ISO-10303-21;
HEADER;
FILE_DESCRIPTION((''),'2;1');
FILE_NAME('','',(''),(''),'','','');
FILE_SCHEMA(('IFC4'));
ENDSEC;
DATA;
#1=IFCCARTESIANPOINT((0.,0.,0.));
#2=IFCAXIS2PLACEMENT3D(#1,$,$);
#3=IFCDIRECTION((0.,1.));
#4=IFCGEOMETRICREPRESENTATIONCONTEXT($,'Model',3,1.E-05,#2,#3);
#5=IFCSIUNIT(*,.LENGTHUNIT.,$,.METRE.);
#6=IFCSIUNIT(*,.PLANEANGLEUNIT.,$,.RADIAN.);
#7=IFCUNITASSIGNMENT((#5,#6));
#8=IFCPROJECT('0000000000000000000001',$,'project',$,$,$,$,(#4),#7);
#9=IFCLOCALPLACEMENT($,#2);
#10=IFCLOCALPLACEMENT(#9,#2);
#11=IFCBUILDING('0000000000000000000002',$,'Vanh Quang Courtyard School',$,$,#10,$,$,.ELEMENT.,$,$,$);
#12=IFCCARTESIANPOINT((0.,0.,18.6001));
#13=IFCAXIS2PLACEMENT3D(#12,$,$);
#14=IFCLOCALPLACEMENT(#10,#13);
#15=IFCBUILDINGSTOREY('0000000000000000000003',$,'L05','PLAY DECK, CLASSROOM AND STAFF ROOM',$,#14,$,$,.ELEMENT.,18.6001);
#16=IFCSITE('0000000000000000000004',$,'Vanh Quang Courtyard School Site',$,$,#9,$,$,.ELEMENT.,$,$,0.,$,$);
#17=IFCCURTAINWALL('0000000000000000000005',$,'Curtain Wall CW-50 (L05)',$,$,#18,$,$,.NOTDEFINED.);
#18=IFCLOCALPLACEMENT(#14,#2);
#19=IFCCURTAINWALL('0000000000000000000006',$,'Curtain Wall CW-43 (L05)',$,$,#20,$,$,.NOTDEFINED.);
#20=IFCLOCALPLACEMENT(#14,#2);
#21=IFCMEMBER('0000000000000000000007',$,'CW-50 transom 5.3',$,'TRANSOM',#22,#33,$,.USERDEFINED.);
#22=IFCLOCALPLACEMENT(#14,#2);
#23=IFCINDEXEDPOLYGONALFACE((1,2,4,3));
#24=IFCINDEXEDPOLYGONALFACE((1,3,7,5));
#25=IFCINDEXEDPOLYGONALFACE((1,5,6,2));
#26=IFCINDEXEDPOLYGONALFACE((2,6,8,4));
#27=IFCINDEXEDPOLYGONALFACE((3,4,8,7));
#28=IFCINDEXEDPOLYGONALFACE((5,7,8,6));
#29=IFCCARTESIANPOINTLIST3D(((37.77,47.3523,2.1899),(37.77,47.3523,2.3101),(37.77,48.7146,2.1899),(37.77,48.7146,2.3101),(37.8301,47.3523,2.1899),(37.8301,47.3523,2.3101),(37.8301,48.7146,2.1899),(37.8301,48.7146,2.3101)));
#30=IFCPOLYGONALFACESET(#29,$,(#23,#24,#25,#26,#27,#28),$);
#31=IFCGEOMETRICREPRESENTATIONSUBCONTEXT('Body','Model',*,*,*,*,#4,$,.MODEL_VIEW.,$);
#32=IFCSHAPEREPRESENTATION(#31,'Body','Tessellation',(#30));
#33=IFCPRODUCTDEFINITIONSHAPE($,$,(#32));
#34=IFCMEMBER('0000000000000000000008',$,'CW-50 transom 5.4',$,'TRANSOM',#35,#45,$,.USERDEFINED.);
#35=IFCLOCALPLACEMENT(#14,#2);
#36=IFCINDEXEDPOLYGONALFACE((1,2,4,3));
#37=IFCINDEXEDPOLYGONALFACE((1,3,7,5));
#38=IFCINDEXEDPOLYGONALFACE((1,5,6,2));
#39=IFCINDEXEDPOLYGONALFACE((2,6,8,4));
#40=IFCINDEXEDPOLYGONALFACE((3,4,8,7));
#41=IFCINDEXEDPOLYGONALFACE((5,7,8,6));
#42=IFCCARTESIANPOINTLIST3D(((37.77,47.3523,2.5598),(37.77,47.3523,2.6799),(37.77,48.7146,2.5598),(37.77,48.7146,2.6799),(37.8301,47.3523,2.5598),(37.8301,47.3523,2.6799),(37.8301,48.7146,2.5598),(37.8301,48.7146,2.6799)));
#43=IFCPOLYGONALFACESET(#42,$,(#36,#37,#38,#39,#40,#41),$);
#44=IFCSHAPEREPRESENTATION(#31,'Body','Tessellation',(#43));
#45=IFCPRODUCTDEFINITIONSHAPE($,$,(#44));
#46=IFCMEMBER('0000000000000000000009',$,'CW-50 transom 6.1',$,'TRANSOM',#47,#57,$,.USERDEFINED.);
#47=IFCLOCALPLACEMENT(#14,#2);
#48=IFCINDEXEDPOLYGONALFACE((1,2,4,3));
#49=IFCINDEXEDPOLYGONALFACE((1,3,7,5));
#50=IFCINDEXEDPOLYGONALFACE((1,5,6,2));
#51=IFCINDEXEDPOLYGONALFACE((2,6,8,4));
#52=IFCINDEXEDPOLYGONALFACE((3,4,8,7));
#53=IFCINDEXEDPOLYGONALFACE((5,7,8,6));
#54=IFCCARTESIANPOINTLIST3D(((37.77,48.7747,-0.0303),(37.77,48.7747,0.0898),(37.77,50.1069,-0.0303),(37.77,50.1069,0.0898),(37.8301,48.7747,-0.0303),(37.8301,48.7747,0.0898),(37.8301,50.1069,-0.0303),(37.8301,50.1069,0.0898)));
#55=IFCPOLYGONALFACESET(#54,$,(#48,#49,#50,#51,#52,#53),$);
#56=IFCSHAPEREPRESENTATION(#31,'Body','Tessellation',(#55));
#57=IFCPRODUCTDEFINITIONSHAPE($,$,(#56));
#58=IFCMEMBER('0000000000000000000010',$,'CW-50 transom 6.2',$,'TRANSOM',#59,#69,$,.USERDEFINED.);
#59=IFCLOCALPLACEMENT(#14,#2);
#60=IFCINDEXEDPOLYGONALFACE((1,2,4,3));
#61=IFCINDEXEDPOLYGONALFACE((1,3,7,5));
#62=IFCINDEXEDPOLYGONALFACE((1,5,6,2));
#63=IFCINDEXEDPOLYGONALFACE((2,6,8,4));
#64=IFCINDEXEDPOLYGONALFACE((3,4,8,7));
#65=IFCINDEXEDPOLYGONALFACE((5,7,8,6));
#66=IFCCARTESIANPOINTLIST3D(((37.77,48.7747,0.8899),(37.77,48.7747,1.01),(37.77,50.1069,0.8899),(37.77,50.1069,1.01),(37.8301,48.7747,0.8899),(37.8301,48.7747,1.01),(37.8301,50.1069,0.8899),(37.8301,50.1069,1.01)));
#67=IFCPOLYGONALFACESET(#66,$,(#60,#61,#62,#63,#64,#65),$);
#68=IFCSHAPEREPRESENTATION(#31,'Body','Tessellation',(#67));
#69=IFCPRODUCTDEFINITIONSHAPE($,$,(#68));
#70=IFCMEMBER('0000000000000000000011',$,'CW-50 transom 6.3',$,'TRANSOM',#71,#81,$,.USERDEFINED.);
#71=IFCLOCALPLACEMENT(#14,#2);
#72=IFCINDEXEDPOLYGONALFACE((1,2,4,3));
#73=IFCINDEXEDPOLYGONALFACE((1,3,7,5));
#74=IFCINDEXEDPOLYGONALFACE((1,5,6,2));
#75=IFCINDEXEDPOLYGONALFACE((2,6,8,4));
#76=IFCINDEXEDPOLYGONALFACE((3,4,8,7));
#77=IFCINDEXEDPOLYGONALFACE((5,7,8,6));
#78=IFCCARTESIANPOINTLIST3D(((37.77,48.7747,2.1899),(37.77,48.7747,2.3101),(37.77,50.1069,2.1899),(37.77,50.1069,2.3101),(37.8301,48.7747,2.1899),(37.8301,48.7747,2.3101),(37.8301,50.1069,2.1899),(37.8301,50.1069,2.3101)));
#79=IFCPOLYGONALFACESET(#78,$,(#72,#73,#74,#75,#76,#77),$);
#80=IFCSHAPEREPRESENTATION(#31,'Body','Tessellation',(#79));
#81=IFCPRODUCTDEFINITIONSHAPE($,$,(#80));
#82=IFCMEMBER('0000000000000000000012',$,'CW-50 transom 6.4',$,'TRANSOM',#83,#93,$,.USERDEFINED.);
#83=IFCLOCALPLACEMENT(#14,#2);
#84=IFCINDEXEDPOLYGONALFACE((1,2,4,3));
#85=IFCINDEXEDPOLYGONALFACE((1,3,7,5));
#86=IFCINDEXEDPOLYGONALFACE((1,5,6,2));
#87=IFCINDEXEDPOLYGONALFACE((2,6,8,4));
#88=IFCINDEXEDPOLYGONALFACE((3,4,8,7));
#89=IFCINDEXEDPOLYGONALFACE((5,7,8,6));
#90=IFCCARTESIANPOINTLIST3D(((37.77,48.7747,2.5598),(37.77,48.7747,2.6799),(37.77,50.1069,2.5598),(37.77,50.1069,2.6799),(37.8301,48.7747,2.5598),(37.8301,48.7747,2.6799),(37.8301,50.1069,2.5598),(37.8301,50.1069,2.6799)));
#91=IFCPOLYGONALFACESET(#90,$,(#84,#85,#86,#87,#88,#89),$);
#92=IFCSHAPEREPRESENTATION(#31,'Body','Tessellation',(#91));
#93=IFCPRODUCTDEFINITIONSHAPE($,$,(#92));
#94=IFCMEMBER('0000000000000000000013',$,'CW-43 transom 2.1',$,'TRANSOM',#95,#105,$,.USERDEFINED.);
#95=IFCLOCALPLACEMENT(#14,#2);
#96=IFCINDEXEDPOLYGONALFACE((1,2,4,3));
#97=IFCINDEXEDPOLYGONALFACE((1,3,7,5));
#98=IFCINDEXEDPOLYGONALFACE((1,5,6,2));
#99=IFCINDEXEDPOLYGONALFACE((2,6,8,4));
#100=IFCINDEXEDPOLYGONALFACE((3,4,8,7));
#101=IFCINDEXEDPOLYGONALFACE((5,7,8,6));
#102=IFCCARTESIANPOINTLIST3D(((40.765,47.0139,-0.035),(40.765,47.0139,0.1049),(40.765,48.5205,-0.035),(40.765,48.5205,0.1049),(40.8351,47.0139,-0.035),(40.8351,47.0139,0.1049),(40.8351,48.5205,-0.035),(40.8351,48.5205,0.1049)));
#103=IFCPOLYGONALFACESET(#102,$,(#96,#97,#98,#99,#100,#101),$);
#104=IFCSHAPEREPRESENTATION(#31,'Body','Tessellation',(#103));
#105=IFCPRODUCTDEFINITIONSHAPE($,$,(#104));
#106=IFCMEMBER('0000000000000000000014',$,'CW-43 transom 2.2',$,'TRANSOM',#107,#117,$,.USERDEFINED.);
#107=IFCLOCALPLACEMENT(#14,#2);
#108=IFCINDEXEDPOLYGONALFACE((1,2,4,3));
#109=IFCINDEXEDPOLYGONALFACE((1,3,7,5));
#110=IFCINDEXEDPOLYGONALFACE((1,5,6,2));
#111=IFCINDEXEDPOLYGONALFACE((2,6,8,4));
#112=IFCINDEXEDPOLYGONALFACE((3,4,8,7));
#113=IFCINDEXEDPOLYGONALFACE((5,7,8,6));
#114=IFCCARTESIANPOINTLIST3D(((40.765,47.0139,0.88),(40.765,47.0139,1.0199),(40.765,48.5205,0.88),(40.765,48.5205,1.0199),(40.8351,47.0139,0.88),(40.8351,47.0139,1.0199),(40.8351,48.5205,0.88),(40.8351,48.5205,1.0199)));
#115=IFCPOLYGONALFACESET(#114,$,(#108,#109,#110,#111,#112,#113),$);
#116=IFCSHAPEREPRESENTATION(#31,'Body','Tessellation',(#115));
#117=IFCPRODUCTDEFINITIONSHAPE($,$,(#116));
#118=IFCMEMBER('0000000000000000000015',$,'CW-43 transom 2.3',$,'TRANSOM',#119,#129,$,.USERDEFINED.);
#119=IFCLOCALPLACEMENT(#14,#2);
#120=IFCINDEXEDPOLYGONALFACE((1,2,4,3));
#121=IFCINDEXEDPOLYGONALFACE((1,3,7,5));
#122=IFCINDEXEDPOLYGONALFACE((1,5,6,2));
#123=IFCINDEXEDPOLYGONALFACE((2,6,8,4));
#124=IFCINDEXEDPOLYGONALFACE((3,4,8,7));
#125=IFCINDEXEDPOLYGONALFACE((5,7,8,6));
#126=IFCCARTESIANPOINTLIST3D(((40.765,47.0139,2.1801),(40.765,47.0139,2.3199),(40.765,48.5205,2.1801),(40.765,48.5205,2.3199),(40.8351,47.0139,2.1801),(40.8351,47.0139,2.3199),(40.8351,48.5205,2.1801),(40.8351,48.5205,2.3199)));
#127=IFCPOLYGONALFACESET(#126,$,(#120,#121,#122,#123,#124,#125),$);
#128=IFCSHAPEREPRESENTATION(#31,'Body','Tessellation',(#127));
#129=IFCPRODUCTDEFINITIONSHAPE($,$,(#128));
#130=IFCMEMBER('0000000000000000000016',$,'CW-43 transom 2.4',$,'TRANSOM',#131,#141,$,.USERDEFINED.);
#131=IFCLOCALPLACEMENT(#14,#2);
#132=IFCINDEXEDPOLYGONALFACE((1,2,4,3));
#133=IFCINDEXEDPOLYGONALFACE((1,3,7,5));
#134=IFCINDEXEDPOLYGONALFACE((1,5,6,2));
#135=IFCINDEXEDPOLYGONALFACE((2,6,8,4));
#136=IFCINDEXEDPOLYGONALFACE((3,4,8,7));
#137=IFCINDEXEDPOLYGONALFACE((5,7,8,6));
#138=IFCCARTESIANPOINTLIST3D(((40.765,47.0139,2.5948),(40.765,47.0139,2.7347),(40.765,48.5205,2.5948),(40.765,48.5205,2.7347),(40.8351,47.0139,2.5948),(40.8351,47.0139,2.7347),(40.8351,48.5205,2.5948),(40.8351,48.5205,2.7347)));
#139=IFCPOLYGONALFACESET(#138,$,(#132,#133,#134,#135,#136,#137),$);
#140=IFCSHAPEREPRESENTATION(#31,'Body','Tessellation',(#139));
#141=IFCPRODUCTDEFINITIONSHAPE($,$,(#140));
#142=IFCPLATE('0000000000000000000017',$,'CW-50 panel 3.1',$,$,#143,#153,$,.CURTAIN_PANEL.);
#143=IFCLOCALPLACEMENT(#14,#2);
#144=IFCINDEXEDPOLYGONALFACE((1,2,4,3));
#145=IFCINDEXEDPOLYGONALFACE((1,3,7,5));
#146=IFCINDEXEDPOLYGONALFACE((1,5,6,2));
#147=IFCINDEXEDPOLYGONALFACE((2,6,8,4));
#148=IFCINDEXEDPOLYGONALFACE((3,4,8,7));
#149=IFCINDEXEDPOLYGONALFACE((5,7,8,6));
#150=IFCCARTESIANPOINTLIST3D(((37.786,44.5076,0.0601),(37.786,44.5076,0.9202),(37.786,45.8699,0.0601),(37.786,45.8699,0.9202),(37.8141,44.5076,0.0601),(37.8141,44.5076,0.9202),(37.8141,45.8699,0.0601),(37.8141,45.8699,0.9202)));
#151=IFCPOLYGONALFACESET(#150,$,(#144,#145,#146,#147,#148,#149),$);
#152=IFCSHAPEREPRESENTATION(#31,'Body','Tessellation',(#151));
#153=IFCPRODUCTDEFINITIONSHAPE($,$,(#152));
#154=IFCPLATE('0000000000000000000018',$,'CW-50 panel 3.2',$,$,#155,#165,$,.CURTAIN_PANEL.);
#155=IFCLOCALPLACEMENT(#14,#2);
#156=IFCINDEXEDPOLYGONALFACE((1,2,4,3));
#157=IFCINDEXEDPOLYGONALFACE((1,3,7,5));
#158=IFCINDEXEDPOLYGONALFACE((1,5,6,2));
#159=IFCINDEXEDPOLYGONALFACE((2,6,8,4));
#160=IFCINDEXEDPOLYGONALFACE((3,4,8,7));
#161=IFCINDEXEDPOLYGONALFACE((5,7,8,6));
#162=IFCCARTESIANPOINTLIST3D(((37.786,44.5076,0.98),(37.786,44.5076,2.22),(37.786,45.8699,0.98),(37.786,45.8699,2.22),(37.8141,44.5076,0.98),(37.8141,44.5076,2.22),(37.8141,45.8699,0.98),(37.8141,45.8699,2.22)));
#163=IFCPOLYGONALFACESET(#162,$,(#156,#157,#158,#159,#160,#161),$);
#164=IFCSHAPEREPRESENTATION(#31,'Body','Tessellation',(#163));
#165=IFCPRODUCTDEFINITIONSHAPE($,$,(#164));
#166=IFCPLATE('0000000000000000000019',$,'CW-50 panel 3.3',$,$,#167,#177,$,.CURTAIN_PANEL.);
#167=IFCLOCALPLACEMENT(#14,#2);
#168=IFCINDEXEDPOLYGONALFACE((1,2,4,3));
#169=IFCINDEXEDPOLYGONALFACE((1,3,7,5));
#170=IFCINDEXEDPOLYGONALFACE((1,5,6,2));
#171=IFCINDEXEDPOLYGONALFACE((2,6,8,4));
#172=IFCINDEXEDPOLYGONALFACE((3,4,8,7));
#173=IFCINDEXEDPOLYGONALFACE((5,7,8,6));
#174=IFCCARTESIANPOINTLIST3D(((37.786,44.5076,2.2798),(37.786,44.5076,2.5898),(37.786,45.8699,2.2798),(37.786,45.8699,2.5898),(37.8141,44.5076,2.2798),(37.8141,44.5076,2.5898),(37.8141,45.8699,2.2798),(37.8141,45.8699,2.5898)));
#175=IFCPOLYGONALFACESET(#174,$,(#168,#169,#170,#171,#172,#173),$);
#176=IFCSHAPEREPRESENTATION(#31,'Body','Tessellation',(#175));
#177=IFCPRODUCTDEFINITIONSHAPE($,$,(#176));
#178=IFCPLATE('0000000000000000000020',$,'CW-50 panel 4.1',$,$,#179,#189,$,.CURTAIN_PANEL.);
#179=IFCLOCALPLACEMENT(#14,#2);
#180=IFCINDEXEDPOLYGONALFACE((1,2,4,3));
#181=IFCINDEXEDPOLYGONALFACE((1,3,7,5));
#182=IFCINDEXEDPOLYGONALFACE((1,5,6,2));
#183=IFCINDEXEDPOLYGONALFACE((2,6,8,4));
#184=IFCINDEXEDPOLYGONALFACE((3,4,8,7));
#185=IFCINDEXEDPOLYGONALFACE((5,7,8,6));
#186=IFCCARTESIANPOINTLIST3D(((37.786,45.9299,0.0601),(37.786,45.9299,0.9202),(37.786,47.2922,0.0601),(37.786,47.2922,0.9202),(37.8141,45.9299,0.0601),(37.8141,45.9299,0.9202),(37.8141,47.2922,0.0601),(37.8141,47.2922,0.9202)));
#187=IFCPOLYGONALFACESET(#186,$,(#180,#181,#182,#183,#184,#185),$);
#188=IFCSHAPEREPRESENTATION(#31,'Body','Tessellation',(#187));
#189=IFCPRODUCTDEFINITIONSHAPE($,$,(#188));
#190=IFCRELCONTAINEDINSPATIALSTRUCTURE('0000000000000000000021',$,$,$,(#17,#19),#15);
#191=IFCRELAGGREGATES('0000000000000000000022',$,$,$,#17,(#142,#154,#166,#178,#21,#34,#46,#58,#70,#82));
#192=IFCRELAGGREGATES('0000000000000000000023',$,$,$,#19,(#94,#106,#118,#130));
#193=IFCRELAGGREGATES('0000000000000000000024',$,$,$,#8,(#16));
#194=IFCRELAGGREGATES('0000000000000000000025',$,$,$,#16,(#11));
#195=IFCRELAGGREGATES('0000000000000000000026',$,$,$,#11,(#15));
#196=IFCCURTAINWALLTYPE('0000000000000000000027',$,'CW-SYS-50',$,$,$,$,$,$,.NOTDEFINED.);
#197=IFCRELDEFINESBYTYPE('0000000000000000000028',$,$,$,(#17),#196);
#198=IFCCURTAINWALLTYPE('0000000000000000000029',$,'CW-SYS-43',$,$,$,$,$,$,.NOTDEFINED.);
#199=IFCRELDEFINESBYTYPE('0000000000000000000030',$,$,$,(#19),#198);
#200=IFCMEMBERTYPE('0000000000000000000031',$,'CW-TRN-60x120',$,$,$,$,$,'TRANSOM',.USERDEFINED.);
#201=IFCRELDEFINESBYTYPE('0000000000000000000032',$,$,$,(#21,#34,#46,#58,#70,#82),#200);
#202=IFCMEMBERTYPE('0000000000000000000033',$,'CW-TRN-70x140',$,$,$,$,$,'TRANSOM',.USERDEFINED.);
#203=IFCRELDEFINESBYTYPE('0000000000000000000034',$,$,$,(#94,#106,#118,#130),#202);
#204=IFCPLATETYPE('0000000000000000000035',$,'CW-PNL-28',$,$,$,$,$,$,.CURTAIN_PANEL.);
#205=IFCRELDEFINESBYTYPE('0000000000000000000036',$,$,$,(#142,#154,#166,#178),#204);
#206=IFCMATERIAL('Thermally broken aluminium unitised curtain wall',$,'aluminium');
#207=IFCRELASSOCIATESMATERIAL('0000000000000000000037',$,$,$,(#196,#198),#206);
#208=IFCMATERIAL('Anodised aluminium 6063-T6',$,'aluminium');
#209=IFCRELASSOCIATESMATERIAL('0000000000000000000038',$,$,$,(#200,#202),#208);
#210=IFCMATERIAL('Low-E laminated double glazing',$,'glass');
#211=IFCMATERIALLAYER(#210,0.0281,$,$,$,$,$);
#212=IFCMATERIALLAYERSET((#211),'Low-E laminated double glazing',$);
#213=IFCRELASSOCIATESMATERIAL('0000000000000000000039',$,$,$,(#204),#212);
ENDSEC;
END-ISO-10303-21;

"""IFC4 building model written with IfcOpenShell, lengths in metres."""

from ifc_helpers import new_model, si_unit, direction, frame, origin, origin_2d, place, context, subcontext, project, spatial, rectangle, extrude, material, layer, layer_set, material_profile, profile_set, type_object, element, aggregate, save


model = new_model("IFC4")

# Units and contexts
model_context = context("Model", 3, precision=1e-05, world=origin(), true_north=direction((0.0, 1.0)))
body_context = subcontext(model_context, "Body", "Model", "MODEL_VIEW")
ifc_project = project(units=[si_unit("LENGTHUNIT", "METRE"), si_unit("PLANEANGLEUNIT", "RADIAN")], contexts=[model_context])

# Site, building, storey
site_placement = place(None, origin())
site = spatial("IfcSite", under=ifc_project, at=site_placement, Name="Vanh Quang Courtyard School Site", CompositionType="ELEMENT", RefElevation=0.0)
building_placement = place(site_placement, origin())
building = spatial("IfcBuilding", under=site, at=building_placement, Name="Vanh Quang Courtyard School", CompositionType="ELEMENT")
storey_placement = place(building_placement, frame((0.0, 0.0, 18.6001)))
storey = spatial("IfcBuildingStorey", under=building, at=storey_placement, Name="L05", Description="PLAY DECK, CLASSROOM AND STAFF ROOM", CompositionType="ELEMENT", Elevation=18.6001)

# Curtain walls
ifc_material_1 = material(Name="Thermally broken aluminium unitised curtain wall", Category="aluminium")
curtain_wall_type_1 = type_object("IfcCurtainWallType", Name="CW-SYS-50", PredefinedType="NOTDEFINED", material=ifc_material_1)
curtain_wall_1_placement = place(storey_placement, origin())
curtain_wall_1 = element("IfcCurtainWall", 1, at=curtain_wall_1_placement, inside=storey, type_object=curtain_wall_type_1, Name="Curtain Wall CW-50 (L05)", PredefinedType="NOTDEFINED")
ifc_material_2 = material(Name="Anodised aluminium 6063-T6", Category="aluminium")
curtain_wall_type_2 = type_object("IfcCurtainWallType", Name="CW-SYS-43", PredefinedType="NOTDEFINED", material=ifc_material_1)
curtain_wall_2_placement = place(storey_placement, origin())
curtain_wall_2 = element("IfcCurtainWall", 2, at=curtain_wall_2_placement, inside=storey, type_object=curtain_wall_type_2, Name="Curtain Wall CW-43 (L05)", PredefinedType="NOTDEFINED")

# Members
ifc_material_profile_1 = material_profile(ifc_material_2, rectangle(XDim=0.0601, YDim=0.1201, at=origin_2d()), Name="ALU-TRN 60x120")
ifc_profile_set_1 = profile_set([ifc_material_profile_1], Name="Anodised aluminium 6063-T6")
member_type_1 = type_object("IfcMemberType", Name="CW-TRN-60x120", ElementType="TRANSOM", PredefinedType="USERDEFINED", material=ifc_profile_set_1)
member_1_placement = place(storey_placement, frame((37.8, 47.3523, 2.25), z_axis=(0.0, 1.0, 0.0), x_axis=(-1.0, 0.0, 0.0)))
member_1 = element("IfcMember", 3, at=member_1_placement, type_object=member_type_1, Name="CW-50 transom 5.3", ObjectType="TRANSOM", PredefinedType="USERDEFINED", context=body_context, shape_type="SweptSolid", body=[
    extrude(rectangle(XDim=0.0601, YDim=0.1201, at=origin_2d()), origin(), (0.0, 0.0, 1.0), 1.3623),
])
member_2_placement = place(storey_placement, frame((37.8, 47.3523, 2.6199), z_axis=(0.0, 1.0, 0.0), x_axis=(-1.0, 0.0, 0.0)))
member_2 = element("IfcMember", 4, at=member_2_placement, type_object=member_type_1, Name="CW-50 transom 5.4", ObjectType="TRANSOM", PredefinedType="USERDEFINED", context=body_context, shape_type="SweptSolid", body=[
    extrude(rectangle(XDim=0.0601, YDim=0.1201, at=origin_2d()), origin(), (0.0, 0.0, 1.0), 1.3623),
])
member_3_placement = place(storey_placement, frame((37.8, 48.7747, 0.0298), z_axis=(0.0, 1.0, 0.0), x_axis=(-1.0, 0.0, 0.0)))
member_3 = element("IfcMember", 5, at=member_3_placement, type_object=member_type_1, Name="CW-50 transom 6.1", ObjectType="TRANSOM", PredefinedType="USERDEFINED", context=body_context, shape_type="SweptSolid", body=[
    extrude(rectangle(XDim=0.0601, YDim=0.1201, at=origin_2d()), origin(), (0.0, 0.0, 1.0), 1.3323),
])
member_4_placement = place(storey_placement, frame((37.8, 48.7747, 0.95), z_axis=(0.0, 1.0, 0.0), x_axis=(-1.0, 0.0, 0.0)))
member_4 = element("IfcMember", 6, at=member_4_placement, type_object=member_type_1, Name="CW-50 transom 6.2", ObjectType="TRANSOM", PredefinedType="USERDEFINED", context=body_context, shape_type="SweptSolid", body=[
    extrude(rectangle(XDim=0.0601, YDim=0.1201, at=origin_2d()), origin(), (0.0, 0.0, 1.0), 1.3323),
])
member_5_placement = place(storey_placement, frame((37.8, 48.7747, 2.25), z_axis=(0.0, 1.0, 0.0), x_axis=(-1.0, 0.0, 0.0)))
member_5 = element("IfcMember", 7, at=member_5_placement, type_object=member_type_1, Name="CW-50 transom 6.3", ObjectType="TRANSOM", PredefinedType="USERDEFINED", context=body_context, shape_type="SweptSolid", body=[
    extrude(rectangle(XDim=0.0601, YDim=0.1201, at=origin_2d()), origin(), (0.0, 0.0, 1.0), 1.3323),
])
member_6_placement = place(storey_placement, frame((37.8, 48.7747, 2.6199), z_axis=(0.0, 1.0, 0.0), x_axis=(-1.0, 0.0, 0.0)))
member_6 = element("IfcMember", 8, at=member_6_placement, type_object=member_type_1, Name="CW-50 transom 6.4", ObjectType="TRANSOM", PredefinedType="USERDEFINED", context=body_context, shape_type="SweptSolid", body=[
    extrude(rectangle(XDim=0.0601, YDim=0.1201, at=origin_2d()), origin(), (0.0, 0.0, 1.0), 1.3323),
])
ifc_material_profile_2 = material_profile(ifc_material_2, rectangle(XDim=0.0701, YDim=0.1399, at=origin_2d()), Name="ALU-TRN 70x140")
ifc_profile_set_2 = profile_set([ifc_material_profile_2], Name="Anodised aluminium 6063-T6")
member_type_2 = type_object("IfcMemberType", Name="CW-TRN-70x140", ElementType="TRANSOM", PredefinedType="USERDEFINED", material=ifc_profile_set_2)
member_7_placement = place(storey_placement, frame((40.8, 48.5205, 0.0349), z_axis=(0.0, -1.0, 0.0), x_axis=(1.0, 0.0, 0.0)))
member_7 = element("IfcMember", 9, at=member_7_placement, type_object=member_type_2, Name="CW-43 transom 2.1", ObjectType="TRANSOM", PredefinedType="USERDEFINED", context=body_context, shape_type="SweptSolid", body=[
    extrude(rectangle(XDim=0.0701, YDim=0.1399, at=origin_2d()), origin(), (0.0, 0.0, 1.0), 1.5066),
])
member_8_placement = place(storey_placement, frame((40.8, 48.5205, 0.95), z_axis=(0.0, -1.0, 0.0), x_axis=(1.0, 0.0, 0.0)))
member_8 = element("IfcMember", 10, at=member_8_placement, type_object=member_type_2, Name="CW-43 transom 2.2", ObjectType="TRANSOM", PredefinedType="USERDEFINED", context=body_context, shape_type="SweptSolid", body=[
    extrude(rectangle(XDim=0.0701, YDim=0.1399, at=origin_2d()), origin(), (0.0, 0.0, 1.0), 1.5066),
])
member_9_placement = place(storey_placement, frame((40.8, 48.5205, 2.25), z_axis=(0.0, -1.0, 0.0), x_axis=(1.0, 0.0, 0.0)))
member_9 = element("IfcMember", 11, at=member_9_placement, type_object=member_type_2, Name="CW-43 transom 2.3", ObjectType="TRANSOM", PredefinedType="USERDEFINED", context=body_context, shape_type="SweptSolid", body=[
    extrude(rectangle(XDim=0.0701, YDim=0.1399, at=origin_2d()), origin(), (0.0, 0.0, 1.0), 1.5066),
])
member_10_placement = place(storey_placement, frame((40.8, 48.5205, 2.6648), z_axis=(0.0, -1.0, 0.0), x_axis=(1.0, 0.0, 0.0)))
member_10 = element("IfcMember", 12, at=member_10_placement, type_object=member_type_2, Name="CW-43 transom 2.4", ObjectType="TRANSOM", PredefinedType="USERDEFINED", context=body_context, shape_type="SweptSolid", body=[
    extrude(rectangle(XDim=0.0701, YDim=0.1399, at=origin_2d()), origin(), (0.0, 0.0, 1.0), 1.5066),
])

# Plates
ifc_material_3 = material(Name="Low-E laminated double glazing", Category="glass")
ifc_layer_1 = layer(ifc_material_3, 0.0281)
ifc_layer_set_1 = layer_set([ifc_layer_1], Name="Low-E laminated double glazing")
plate_type_1 = type_object("IfcPlateType", Name="CW-PNL-28", PredefinedType="CURTAIN_PANEL", material=ifc_layer_set_1)
plate_1_placement = place(storey_placement, frame((37.8, 45.1887, 0.0601), z_axis=(0.0, 0.0, 1.0), x_axis=(0.0, 1.0, 0.0)))
plate_1 = element("IfcPlate", 13, at=plate_1_placement, type_object=plate_type_1, Name="CW-50 panel 3.1", PredefinedType="CURTAIN_PANEL", context=body_context, shape_type="SweptSolid", body=[
    extrude(rectangle(XDim=1.3623, YDim=0.0281, at=origin_2d()), origin(), (0.0, 0.0, 1.0), 0.8601),
])
plate_2_placement = place(storey_placement, frame((37.8, 45.1887, 0.98), z_axis=(0.0, 0.0, 1.0), x_axis=(0.0, 1.0, 0.0)))
plate_2 = element("IfcPlate", 14, at=plate_2_placement, type_object=plate_type_1, Name="CW-50 panel 3.2", PredefinedType="CURTAIN_PANEL", context=body_context, shape_type="SweptSolid", body=[
    extrude(rectangle(XDim=1.3623, YDim=0.0281, at=origin_2d()), origin(), (0.0, 0.0, 1.0), 1.24),
])
plate_3_placement = place(storey_placement, frame((37.8, 45.1887, 2.2798), z_axis=(0.0, 0.0, 1.0), x_axis=(0.0, 1.0, 0.0)))
plate_3 = element("IfcPlate", 15, at=plate_3_placement, type_object=plate_type_1, Name="CW-50 panel 3.3", PredefinedType="CURTAIN_PANEL", context=body_context, shape_type="SweptSolid", body=[
    extrude(rectangle(XDim=1.3623, YDim=0.0281, at=origin_2d()), origin(), (0.0, 0.0, 1.0), 0.3101),
])
plate_4_placement = place(storey_placement, frame((37.8, 46.6111, 0.0601), z_axis=(0.0, 0.0, 1.0), x_axis=(0.0, 1.0, 0.0)))
plate_4 = element("IfcPlate", 16, at=plate_4_placement, type_object=plate_type_1, Name="CW-50 panel 4.1", PredefinedType="CURTAIN_PANEL", context=body_context, shape_type="SweptSolid", body=[
    extrude(rectangle(XDim=1.3623, YDim=0.0281, at=origin_2d()), origin(), (0.0, 0.0, 1.0), 0.8601),
])
aggregate(curtain_wall_1, [plate_1, plate_2, plate_3, plate_4, member_1, member_2, member_3, member_4, member_5, member_6])
aggregate(curtain_wall_2, [member_7, member_8, member_9, member_10])

save(model, "model.ifc")
